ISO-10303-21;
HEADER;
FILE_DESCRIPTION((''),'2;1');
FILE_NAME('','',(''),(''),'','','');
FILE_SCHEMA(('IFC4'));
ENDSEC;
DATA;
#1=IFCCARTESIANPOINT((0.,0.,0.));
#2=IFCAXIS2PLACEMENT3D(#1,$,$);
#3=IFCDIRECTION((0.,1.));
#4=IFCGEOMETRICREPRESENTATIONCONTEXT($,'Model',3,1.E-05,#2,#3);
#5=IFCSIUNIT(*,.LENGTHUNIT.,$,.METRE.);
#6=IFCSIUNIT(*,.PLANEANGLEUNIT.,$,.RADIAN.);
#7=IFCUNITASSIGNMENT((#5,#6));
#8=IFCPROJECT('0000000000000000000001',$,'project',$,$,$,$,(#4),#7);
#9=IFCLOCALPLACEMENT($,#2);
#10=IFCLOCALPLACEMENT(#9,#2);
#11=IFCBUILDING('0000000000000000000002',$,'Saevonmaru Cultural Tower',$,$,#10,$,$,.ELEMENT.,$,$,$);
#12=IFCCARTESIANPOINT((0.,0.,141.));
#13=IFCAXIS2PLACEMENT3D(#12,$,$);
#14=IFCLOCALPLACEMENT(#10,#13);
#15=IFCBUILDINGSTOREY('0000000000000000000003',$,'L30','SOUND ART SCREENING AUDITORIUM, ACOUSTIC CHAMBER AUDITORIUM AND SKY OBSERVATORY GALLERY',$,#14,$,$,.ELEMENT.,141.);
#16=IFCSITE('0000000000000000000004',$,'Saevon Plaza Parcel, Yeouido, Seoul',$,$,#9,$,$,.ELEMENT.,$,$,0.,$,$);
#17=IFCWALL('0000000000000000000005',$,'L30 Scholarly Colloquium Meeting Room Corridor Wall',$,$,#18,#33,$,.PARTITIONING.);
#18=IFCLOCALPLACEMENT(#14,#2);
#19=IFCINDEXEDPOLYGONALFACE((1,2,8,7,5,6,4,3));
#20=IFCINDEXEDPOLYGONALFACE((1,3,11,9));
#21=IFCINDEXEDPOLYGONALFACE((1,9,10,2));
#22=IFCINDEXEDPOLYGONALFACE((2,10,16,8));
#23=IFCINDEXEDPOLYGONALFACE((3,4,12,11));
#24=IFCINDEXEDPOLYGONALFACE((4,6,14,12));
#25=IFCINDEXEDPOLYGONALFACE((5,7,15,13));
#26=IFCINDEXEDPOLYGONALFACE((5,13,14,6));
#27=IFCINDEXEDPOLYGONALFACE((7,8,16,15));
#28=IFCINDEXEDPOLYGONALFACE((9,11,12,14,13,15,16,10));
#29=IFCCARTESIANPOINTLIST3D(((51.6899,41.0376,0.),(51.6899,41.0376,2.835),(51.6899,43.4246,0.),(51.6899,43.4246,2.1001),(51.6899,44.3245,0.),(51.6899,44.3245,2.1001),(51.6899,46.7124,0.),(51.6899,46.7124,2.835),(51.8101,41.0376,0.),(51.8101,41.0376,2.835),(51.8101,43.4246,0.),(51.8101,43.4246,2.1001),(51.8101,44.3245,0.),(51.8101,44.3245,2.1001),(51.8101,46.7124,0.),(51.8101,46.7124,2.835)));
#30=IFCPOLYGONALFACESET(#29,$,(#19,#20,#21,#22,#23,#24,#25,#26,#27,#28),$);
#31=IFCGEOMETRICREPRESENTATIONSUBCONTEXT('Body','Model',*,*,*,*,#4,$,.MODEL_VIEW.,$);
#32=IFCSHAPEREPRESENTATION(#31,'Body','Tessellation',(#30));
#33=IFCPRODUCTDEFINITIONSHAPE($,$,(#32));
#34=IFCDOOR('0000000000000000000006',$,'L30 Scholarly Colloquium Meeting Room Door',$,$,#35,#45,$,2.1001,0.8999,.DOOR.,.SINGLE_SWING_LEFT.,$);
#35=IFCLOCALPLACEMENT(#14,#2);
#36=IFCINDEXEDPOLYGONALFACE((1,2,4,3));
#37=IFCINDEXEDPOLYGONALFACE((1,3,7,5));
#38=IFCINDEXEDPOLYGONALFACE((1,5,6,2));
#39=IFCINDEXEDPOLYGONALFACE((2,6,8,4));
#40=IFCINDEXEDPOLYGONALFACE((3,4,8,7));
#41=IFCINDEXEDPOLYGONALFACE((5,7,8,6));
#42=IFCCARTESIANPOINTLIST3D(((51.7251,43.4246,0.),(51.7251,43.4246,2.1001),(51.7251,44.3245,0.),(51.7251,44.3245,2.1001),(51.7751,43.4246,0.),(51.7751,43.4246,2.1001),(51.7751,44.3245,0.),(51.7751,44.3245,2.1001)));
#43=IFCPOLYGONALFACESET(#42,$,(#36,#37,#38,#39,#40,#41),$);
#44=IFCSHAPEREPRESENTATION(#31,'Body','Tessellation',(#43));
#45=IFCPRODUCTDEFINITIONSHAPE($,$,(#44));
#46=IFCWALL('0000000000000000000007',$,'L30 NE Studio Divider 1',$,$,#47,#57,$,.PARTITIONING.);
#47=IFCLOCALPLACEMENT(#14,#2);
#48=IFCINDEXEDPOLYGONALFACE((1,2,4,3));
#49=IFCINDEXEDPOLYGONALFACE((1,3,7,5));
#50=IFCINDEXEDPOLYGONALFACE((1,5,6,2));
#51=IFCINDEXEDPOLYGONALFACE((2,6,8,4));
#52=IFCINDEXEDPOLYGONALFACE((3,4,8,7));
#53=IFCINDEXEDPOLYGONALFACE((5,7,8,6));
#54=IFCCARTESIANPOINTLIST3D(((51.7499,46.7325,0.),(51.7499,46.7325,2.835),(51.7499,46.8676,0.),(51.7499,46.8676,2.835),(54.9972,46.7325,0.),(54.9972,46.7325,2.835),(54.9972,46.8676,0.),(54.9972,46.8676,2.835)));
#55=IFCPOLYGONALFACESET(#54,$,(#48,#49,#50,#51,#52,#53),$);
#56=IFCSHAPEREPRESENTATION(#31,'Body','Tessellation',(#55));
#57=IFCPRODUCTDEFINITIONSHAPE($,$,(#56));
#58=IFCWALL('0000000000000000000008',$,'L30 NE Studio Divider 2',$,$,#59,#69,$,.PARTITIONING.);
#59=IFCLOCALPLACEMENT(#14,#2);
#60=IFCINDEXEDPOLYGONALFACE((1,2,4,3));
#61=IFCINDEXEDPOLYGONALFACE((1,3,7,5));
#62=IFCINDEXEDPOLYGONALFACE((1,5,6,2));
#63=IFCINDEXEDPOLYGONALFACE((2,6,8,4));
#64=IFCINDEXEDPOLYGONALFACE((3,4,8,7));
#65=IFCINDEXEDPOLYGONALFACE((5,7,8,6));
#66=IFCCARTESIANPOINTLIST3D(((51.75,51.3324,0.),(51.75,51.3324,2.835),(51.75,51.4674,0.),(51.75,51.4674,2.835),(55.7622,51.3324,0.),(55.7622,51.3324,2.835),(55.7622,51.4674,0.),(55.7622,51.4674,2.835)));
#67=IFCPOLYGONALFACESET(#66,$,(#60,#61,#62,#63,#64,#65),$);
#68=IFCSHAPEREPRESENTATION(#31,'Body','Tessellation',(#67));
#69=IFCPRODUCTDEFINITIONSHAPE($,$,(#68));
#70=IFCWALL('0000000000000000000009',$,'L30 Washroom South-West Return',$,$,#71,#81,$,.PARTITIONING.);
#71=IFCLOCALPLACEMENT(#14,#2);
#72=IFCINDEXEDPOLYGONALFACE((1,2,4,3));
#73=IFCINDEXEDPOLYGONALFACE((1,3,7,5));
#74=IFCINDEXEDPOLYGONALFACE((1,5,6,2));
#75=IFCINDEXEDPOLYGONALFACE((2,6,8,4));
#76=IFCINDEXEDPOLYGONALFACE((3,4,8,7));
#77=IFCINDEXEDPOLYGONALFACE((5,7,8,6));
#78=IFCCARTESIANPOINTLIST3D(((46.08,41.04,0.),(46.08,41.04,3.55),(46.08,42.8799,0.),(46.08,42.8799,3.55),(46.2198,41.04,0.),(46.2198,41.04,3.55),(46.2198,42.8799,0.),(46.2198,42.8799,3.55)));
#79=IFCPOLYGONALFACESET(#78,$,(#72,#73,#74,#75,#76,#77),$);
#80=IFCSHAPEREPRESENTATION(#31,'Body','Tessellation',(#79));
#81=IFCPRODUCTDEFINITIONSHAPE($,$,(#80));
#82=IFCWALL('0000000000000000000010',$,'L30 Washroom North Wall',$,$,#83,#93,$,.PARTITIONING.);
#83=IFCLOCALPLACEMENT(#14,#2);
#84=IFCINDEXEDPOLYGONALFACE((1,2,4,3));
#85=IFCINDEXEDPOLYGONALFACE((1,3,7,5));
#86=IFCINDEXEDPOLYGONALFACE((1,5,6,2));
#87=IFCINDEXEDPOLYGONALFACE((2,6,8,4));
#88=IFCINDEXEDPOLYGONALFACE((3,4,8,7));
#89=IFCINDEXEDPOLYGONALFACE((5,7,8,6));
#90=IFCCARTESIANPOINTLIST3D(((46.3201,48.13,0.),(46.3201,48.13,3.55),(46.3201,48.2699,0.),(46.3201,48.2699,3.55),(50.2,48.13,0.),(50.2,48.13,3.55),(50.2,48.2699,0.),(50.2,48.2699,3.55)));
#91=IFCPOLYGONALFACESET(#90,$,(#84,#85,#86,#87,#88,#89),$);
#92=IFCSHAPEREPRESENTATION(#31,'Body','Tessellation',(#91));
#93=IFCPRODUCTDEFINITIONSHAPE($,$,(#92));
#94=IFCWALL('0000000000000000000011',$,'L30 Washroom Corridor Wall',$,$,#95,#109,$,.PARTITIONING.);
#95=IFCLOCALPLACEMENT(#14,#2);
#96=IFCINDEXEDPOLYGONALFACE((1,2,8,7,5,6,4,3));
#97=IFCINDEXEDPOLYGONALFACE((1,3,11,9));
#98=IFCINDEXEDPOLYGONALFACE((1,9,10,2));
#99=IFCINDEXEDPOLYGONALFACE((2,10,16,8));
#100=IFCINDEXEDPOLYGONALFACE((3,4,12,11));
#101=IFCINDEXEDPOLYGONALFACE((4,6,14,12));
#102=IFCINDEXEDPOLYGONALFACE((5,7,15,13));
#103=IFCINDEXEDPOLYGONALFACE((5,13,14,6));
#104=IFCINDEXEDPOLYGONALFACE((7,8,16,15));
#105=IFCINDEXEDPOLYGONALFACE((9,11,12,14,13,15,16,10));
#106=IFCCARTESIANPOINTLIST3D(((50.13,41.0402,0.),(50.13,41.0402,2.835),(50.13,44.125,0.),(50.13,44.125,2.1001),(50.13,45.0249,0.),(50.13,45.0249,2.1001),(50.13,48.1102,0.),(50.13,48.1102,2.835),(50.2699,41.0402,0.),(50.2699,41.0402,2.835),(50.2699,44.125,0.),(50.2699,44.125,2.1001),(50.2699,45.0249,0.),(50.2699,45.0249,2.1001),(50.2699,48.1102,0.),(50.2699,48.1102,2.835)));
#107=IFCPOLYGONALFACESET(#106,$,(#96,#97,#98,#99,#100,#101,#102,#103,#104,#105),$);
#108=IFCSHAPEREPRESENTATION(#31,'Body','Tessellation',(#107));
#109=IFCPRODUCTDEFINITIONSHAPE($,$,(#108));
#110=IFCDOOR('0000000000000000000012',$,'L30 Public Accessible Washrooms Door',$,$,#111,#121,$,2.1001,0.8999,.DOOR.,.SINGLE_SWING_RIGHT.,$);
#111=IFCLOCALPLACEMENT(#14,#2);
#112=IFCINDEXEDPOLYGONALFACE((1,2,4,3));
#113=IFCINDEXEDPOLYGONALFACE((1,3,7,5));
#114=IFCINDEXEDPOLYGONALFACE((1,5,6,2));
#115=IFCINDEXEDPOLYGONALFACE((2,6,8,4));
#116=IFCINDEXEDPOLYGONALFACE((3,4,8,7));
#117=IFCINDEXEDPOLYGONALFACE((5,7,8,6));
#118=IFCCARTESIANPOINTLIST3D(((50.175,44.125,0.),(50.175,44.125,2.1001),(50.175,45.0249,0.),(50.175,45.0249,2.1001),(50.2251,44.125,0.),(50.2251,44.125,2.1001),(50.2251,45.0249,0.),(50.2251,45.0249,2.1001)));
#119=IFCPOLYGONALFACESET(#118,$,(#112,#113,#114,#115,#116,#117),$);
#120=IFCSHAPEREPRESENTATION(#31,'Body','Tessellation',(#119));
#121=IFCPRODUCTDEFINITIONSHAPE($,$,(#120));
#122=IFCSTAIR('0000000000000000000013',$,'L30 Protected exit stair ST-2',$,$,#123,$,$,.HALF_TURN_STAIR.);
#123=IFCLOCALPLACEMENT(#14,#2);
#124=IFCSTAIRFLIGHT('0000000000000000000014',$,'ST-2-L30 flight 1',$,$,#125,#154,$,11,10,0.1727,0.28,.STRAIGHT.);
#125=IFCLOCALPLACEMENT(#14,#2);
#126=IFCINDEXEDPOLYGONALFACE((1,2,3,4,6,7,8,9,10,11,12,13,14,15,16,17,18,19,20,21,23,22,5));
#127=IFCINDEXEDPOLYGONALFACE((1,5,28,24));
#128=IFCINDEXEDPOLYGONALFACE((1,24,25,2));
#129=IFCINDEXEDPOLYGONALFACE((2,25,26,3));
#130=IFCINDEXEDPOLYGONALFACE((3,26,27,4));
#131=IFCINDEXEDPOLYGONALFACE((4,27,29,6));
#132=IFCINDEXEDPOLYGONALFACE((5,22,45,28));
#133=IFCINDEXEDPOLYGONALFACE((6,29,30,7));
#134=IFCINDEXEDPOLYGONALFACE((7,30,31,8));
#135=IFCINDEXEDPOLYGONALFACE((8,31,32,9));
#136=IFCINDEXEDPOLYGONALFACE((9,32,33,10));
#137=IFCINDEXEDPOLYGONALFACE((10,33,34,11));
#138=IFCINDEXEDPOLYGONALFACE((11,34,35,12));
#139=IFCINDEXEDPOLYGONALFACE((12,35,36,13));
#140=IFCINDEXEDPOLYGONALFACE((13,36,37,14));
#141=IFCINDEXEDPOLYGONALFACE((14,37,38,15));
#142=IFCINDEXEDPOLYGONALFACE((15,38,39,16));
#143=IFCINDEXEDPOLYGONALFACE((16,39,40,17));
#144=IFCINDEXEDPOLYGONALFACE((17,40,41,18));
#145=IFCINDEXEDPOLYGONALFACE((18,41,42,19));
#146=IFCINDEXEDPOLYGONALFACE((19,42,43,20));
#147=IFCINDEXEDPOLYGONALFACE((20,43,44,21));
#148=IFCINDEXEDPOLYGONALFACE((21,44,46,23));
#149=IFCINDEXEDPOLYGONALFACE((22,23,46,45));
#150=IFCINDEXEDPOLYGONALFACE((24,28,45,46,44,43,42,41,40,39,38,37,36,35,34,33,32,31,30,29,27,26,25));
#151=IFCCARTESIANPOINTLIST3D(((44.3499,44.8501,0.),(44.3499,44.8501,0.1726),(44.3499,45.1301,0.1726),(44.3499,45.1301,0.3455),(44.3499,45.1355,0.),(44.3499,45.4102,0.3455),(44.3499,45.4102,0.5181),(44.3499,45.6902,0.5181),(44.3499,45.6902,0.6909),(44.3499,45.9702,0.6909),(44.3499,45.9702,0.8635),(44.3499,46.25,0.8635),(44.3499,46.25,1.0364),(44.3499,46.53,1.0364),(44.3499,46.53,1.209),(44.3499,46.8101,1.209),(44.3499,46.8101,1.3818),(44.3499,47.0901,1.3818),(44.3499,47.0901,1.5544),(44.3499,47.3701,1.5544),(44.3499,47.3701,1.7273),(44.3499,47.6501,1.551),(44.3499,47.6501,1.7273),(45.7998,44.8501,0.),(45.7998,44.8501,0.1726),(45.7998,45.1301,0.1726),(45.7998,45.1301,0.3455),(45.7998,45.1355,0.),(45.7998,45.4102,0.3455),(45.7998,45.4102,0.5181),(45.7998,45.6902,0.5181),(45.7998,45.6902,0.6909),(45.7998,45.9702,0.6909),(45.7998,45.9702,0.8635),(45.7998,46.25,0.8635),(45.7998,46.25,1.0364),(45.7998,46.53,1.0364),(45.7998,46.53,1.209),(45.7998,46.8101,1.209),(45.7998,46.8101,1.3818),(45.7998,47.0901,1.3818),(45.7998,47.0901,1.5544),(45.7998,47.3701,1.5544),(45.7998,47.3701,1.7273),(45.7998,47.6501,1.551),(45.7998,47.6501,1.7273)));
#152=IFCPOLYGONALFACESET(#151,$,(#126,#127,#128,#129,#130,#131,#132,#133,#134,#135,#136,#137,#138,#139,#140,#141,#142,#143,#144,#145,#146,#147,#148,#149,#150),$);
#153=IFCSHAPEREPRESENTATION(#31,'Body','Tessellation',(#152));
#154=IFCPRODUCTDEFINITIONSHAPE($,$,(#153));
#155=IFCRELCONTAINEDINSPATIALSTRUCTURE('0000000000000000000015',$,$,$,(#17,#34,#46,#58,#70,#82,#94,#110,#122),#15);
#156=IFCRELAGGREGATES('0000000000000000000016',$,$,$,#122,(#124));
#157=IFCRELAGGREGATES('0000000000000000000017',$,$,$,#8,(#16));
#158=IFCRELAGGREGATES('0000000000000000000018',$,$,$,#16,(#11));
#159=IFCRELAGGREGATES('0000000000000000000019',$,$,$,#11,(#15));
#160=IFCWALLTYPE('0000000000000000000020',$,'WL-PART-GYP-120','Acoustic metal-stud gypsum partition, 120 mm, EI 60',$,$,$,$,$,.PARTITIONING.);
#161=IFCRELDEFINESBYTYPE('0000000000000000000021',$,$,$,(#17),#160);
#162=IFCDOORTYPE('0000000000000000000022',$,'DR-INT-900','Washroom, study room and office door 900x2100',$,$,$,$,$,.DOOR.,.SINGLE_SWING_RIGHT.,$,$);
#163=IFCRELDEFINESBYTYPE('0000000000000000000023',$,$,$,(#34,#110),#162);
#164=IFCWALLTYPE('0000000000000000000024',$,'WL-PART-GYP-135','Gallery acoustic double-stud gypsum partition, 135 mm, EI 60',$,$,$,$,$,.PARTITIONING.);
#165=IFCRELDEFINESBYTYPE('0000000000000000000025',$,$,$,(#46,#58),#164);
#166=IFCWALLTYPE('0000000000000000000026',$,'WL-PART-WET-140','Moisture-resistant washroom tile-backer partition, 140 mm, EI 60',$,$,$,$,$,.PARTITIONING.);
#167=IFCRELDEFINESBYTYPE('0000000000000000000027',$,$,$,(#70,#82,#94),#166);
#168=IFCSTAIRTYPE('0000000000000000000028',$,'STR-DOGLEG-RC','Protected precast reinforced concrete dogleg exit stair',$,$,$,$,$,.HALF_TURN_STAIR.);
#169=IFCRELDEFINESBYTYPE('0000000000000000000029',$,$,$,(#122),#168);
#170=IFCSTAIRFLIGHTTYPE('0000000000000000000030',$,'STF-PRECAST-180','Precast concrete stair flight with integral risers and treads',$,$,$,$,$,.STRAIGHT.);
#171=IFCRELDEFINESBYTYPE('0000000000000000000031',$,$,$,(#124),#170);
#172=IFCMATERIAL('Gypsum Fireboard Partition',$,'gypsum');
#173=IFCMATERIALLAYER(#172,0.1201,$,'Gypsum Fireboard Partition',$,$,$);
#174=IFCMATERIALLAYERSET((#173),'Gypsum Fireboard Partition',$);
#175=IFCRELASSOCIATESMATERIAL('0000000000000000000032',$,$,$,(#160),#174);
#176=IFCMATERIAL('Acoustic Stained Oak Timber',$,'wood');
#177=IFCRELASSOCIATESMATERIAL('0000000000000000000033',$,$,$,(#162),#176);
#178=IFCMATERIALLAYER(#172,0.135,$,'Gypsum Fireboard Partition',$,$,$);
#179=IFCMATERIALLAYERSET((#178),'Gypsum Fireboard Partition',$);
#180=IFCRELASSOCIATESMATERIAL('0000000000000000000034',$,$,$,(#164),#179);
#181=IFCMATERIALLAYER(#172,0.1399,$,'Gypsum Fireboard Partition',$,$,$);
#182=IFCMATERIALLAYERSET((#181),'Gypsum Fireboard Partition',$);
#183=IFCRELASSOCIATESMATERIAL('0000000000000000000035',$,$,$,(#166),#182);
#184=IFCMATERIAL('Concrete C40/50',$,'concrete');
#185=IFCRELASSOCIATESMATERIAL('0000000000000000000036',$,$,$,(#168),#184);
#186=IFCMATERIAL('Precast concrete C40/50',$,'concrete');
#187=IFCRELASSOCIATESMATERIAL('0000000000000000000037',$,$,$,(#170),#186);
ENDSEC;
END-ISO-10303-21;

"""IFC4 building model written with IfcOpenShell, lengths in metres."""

from ifc_helpers import new_model, si_unit, direction, frame, frame_2d, origin, place, context, subcontext, project, spatial, polyline, rectangle, outline, extrude, material, layer, layer_set, type_object, element, fill, aggregate, save


model = new_model("IFC4")

# Units and contexts
model_context = context("Model", 3, precision=1e-05, world=origin(), true_north=direction((0.0, 1.0)))
body_context = subcontext(model_context, "Body", "Model", "MODEL_VIEW")
ifc_project = project(units=[si_unit("LENGTHUNIT", "METRE"), si_unit("PLANEANGLEUNIT", "RADIAN")], contexts=[model_context])

# Site, building, storey
site_placement = place(None, origin())
site = spatial("IfcSite", under=ifc_project, at=site_placement, Name="Saevon Plaza Parcel, Yeouido, Seoul", CompositionType="ELEMENT", RefElevation=0.0)
building_placement = place(site_placement, origin())
building = spatial("IfcBuilding", under=site, at=building_placement, Name="Saevonmaru Cultural Tower", CompositionType="ELEMENT")
storey_placement = place(building_placement, frame((0.0, 0.0, 141.0)))
storey = spatial("IfcBuildingStorey", under=building, at=storey_placement, Name="L30", Description="SOUND ART SCREENING AUDITORIUM, ACOUSTIC CHAMBER AUDITORIUM AND SKY OBSERVATORY GALLERY", CompositionType="ELEMENT", Elevation=141.0)

# Wall, opening, door
ifc_material_1 = material(Name="Gypsum Fireboard Partition", Category="gypsum")
ifc_material_2 = material(Name="Acoustic Stained Oak Timber", Category="wood")
ifc_layer_1 = layer(ifc_material_1, 0.1201, Name="Gypsum Fireboard Partition")
ifc_layer_set_1 = layer_set([ifc_layer_1], Name="Gypsum Fireboard Partition")
wall_type_1 = type_object("IfcWallType", Name="WL-PART-GYP-120", Description="Acoustic metal-stud gypsum partition, 120 mm, EI 60", PredefinedType="PARTITIONING", material=ifc_layer_set_1)
wall_1_placement = place(storey_placement, frame((51.75, 41.0376, 0.0), z_axis=(0.0, 0.0, 1.0), x_axis=(0.0, 1.0, 0.0)))
wall_1 = element("IfcWall", 1, at=wall_1_placement, inside=storey, type_object=wall_type_1, Name="L30 Scholarly Colloquium Meeting Room Corridor Wall", PredefinedType="PARTITIONING", context=body_context, shape_type="SweptSolid", body=[
    extrude(rectangle(XDim=5.6748, YDim=0.1201, at=frame_2d((2.8374, 0.0))), origin(), (0.0, 0.0, 1.0), 2.835),
])
opening_1_placement = place(wall_1_placement, frame((2.387, 0.0, 0.0)))
opening_1 = element("IfcOpeningElement", 2, at=opening_1_placement, cuts=wall_1, PredefinedType="OPENING", context=body_context, shape_type="SweptSolid", body=[
    extrude(rectangle(XDim=0.8999, YDim=2.1001, at=frame_2d((0.45, 1.05))), frame((0.0, 0.0701, 0.0), z_axis=(0.0, -1.0, 0.0), x_axis=(1.0, 0.0, 0.0)), (0.0, 0.0, 1.0), 0.1401),
])
door_type_1 = type_object("IfcDoorType", Name="DR-INT-900", Description="Washroom, study room and office door 900x2100", OperationType="SINGLE_SWING_RIGHT", PredefinedType="DOOR", material=ifc_material_2)
door_1_placement = place(opening_1_placement, origin())
door_1 = element("IfcDoor", 3, at=door_1_placement, inside=storey, type_object=door_type_1, Name="L30 Scholarly Colloquium Meeting Room Door", OperationType="SINGLE_SWING_LEFT", OverallHeight=2.1001, OverallWidth=0.8999, PredefinedType="DOOR", context=body_context, shape_type="SweptSolid", body=[
    extrude(rectangle(XDim=0.8999, YDim=2.1001, at=frame_2d((0.45, 1.05))), frame((0.0, 0.0249, 0.0), z_axis=(0.0, -1.0, 0.0), x_axis=(1.0, 0.0, 0.0)), (0.0, 0.0, 1.0), 0.05),
])
fill(opening_1, door_1)

# Walls
ifc_layer_2 = layer(ifc_material_1, 0.135, Name="Gypsum Fireboard Partition")
ifc_layer_set_2 = layer_set([ifc_layer_2], Name="Gypsum Fireboard Partition")
wall_type_2 = type_object("IfcWallType", Name="WL-PART-GYP-135", Description="Gallery acoustic double-stud gypsum partition, 135 mm, EI 60", PredefinedType="PARTITIONING", material=ifc_layer_set_2)
wall_2_placement = place(storey_placement, frame((51.75, 46.8, 0.0), z_axis=(0.0, 0.0, 1.0), x_axis=(1.0, 0.0, 0.0)))
element("IfcWall", 4, at=wall_2_placement, inside=storey, type_object=wall_type_2, Name="L30 NE Studio Divider 1", PredefinedType="PARTITIONING", context=body_context, shape_type="SweptSolid", body=[
    extrude(rectangle(XDim=3.2473, YDim=0.135, at=frame_2d((1.6235, 0.0))), origin(), (0.0, 0.0, 1.0), 2.835),
])
wall_3_placement = place(storey_placement, frame((51.75, 51.3999, 0.0), z_axis=(0.0, 0.0, 1.0), x_axis=(1.0, 0.0, 0.0)))
element("IfcWall", 5, at=wall_3_placement, inside=storey, type_object=wall_type_2, Name="L30 NE Studio Divider 2", PredefinedType="PARTITIONING", context=body_context, shape_type="SweptSolid", body=[
    extrude(rectangle(XDim=4.0122, YDim=0.135, at=frame_2d((2.0061, 0.0))), origin(), (0.0, 0.0, 1.0), 2.835),
])
ifc_layer_3 = layer(ifc_material_1, 0.1399, Name="Gypsum Fireboard Partition")
ifc_layer_set_3 = layer_set([ifc_layer_3], Name="Gypsum Fireboard Partition")
wall_type_3 = type_object("IfcWallType", Name="WL-PART-WET-140", Description="Moisture-resistant washroom tile-backer partition, 140 mm, EI 60", PredefinedType="PARTITIONING", material=ifc_layer_set_3)
wall_4_placement = place(storey_placement, frame((46.1499, 41.04, 0.0), z_axis=(0.0, 0.0, 1.0), x_axis=(0.0, 1.0, 0.0)))
element("IfcWall", 6, at=wall_4_placement, inside=storey, type_object=wall_type_3, Name="L30 Washroom South-West Return", PredefinedType="PARTITIONING", context=body_context, shape_type="SweptSolid", body=[
    extrude(rectangle(XDim=1.8398, YDim=0.1399, at=frame_2d((0.9199, 0.0))), origin(), (0.0, 0.0, 1.0), 3.55),
])
wall_5_placement = place(storey_placement, frame((46.3201, 48.2, 0.0), z_axis=(0.0, 0.0, 1.0), x_axis=(1.0, 0.0, 0.0)))
element("IfcWall", 7, at=wall_5_placement, inside=storey, type_object=wall_type_3, Name="L30 Washroom North Wall", PredefinedType="PARTITIONING", context=body_context, shape_type="SweptSolid", body=[
    extrude(rectangle(XDim=3.8799, YDim=0.1399, at=frame_2d((1.9399, 0.0))), origin(), (0.0, 0.0, 1.0), 3.55),
])

# Wall, opening, door
wall_6_placement = place(storey_placement, frame((50.2, 41.04, 0.0), z_axis=(0.0, 0.0, 1.0), x_axis=(0.0, 1.0, 0.0)))
wall_6 = element("IfcWall", 8, at=wall_6_placement, inside=storey, type_object=wall_type_3, Name="L30 Washroom Corridor Wall", PredefinedType="PARTITIONING", context=body_context, shape_type="SweptSolid", body=[
    extrude(rectangle(XDim=7.0701, YDim=0.1399, at=frame_2d((3.5352, 0.0))), origin(), (0.0, 0.0, 1.0), 2.835),
])
opening_2_placement = place(wall_6_placement, frame((3.085, 0.0, 0.0)))
opening_2 = element("IfcOpeningElement", 9, at=opening_2_placement, cuts=wall_6, PredefinedType="OPENING", context=body_context, shape_type="SweptSolid", body=[
    extrude(rectangle(XDim=0.8999, YDim=2.1001, at=frame_2d((0.45, 1.05))), frame((0.0, 0.0801, 0.0), z_axis=(0.0, -1.0, 0.0), x_axis=(1.0, 0.0, 0.0)), (0.0, 0.0, 1.0), 0.1599),
])
door_2_placement = place(opening_2_placement, origin())
door_2 = element("IfcDoor", 10, at=door_2_placement, inside=storey, type_object=door_type_1, Name="L30 Public Accessible Washrooms Door", OperationType="SINGLE_SWING_RIGHT", OverallHeight=2.1001, OverallWidth=0.8999, PredefinedType="DOOR", context=body_context, shape_type="SweptSolid", body=[
    extrude(rectangle(XDim=0.8999, YDim=2.1001, at=frame_2d((0.45, 1.05))), frame((0.0, 0.0249, 0.0), z_axis=(0.0, -1.0, 0.0), x_axis=(1.0, 0.0, 0.0)), (0.0, 0.0, 1.0), 0.05),
])
fill(opening_2, door_2)

# Stair, stair flight
ifc_material_3 = material(Name="Concrete C40/50", Category="concrete")
stair_type = type_object("IfcStairType", Name="STR-DOGLEG-RC", Description="Protected precast reinforced concrete dogleg exit stair", PredefinedType="HALF_TURN_STAIR", material=ifc_material_3)
stair_placement = place(storey_placement, origin())
stair = element("IfcStair", 11, at=stair_placement, inside=storey, type_object=stair_type, Name="L30 Protected exit stair ST-2", PredefinedType="HALF_TURN_STAIR")
ifc_material_4 = material(Name="Precast concrete C40/50", Category="concrete")
stair_flight_type = type_object("IfcStairFlightType", Name="STF-PRECAST-180", Description="Precast concrete stair flight with integral risers and treads", PredefinedType="STRAIGHT", material=ifc_material_4)
stair_flight_placement = place(storey_placement, frame((45.075, 44.8501, 0.0), z_axis=(0.0, 0.0, 1.0), x_axis=(0.0, 1.0, 0.0)))
stair_flight = element("IfcStairFlight", 12, at=stair_flight_placement, type_object=stair_flight_type, Name="ST-2-L30 flight 1", NumberOfRisers=11, NumberOfTreads=10, PredefinedType="STRAIGHT", RiserHeight=0.1727, TreadLength=0.28, context=body_context, shape_type="SweptSolid", body=[
    extrude(outline(polyline([(0.0, 0.0), (0.0, 0.1726), (0.28, 0.1726), (0.28, 0.3455), (0.5601, 0.3455), (0.5601, 0.5181), (0.8401, 0.5181), (0.8401, 0.6909), (1.1201, 0.6909), (1.1201, 0.8635), (1.3999, 0.8635), (1.3999, 1.0364), (1.6799, 1.0364), (1.6799, 1.209), (1.96, 1.209), (1.96, 1.3818), (2.24, 1.3818), (2.24, 1.5544), (2.52, 1.5544), (2.52, 1.7273), (2.8, 1.7273), (2.8, 1.8999), (2.8, 1.551), (0.2854, 0.0), (0.0, 0.0)])), frame((0.0, 0.7251, 0.0), z_axis=(0.0, -1.0, 0.0), x_axis=(1.0, 0.0, 0.0)), (0.0, 0.0, 1.0), 1.45),
])
aggregate(stair, [stair_flight])

save(model, "model.ifc")
